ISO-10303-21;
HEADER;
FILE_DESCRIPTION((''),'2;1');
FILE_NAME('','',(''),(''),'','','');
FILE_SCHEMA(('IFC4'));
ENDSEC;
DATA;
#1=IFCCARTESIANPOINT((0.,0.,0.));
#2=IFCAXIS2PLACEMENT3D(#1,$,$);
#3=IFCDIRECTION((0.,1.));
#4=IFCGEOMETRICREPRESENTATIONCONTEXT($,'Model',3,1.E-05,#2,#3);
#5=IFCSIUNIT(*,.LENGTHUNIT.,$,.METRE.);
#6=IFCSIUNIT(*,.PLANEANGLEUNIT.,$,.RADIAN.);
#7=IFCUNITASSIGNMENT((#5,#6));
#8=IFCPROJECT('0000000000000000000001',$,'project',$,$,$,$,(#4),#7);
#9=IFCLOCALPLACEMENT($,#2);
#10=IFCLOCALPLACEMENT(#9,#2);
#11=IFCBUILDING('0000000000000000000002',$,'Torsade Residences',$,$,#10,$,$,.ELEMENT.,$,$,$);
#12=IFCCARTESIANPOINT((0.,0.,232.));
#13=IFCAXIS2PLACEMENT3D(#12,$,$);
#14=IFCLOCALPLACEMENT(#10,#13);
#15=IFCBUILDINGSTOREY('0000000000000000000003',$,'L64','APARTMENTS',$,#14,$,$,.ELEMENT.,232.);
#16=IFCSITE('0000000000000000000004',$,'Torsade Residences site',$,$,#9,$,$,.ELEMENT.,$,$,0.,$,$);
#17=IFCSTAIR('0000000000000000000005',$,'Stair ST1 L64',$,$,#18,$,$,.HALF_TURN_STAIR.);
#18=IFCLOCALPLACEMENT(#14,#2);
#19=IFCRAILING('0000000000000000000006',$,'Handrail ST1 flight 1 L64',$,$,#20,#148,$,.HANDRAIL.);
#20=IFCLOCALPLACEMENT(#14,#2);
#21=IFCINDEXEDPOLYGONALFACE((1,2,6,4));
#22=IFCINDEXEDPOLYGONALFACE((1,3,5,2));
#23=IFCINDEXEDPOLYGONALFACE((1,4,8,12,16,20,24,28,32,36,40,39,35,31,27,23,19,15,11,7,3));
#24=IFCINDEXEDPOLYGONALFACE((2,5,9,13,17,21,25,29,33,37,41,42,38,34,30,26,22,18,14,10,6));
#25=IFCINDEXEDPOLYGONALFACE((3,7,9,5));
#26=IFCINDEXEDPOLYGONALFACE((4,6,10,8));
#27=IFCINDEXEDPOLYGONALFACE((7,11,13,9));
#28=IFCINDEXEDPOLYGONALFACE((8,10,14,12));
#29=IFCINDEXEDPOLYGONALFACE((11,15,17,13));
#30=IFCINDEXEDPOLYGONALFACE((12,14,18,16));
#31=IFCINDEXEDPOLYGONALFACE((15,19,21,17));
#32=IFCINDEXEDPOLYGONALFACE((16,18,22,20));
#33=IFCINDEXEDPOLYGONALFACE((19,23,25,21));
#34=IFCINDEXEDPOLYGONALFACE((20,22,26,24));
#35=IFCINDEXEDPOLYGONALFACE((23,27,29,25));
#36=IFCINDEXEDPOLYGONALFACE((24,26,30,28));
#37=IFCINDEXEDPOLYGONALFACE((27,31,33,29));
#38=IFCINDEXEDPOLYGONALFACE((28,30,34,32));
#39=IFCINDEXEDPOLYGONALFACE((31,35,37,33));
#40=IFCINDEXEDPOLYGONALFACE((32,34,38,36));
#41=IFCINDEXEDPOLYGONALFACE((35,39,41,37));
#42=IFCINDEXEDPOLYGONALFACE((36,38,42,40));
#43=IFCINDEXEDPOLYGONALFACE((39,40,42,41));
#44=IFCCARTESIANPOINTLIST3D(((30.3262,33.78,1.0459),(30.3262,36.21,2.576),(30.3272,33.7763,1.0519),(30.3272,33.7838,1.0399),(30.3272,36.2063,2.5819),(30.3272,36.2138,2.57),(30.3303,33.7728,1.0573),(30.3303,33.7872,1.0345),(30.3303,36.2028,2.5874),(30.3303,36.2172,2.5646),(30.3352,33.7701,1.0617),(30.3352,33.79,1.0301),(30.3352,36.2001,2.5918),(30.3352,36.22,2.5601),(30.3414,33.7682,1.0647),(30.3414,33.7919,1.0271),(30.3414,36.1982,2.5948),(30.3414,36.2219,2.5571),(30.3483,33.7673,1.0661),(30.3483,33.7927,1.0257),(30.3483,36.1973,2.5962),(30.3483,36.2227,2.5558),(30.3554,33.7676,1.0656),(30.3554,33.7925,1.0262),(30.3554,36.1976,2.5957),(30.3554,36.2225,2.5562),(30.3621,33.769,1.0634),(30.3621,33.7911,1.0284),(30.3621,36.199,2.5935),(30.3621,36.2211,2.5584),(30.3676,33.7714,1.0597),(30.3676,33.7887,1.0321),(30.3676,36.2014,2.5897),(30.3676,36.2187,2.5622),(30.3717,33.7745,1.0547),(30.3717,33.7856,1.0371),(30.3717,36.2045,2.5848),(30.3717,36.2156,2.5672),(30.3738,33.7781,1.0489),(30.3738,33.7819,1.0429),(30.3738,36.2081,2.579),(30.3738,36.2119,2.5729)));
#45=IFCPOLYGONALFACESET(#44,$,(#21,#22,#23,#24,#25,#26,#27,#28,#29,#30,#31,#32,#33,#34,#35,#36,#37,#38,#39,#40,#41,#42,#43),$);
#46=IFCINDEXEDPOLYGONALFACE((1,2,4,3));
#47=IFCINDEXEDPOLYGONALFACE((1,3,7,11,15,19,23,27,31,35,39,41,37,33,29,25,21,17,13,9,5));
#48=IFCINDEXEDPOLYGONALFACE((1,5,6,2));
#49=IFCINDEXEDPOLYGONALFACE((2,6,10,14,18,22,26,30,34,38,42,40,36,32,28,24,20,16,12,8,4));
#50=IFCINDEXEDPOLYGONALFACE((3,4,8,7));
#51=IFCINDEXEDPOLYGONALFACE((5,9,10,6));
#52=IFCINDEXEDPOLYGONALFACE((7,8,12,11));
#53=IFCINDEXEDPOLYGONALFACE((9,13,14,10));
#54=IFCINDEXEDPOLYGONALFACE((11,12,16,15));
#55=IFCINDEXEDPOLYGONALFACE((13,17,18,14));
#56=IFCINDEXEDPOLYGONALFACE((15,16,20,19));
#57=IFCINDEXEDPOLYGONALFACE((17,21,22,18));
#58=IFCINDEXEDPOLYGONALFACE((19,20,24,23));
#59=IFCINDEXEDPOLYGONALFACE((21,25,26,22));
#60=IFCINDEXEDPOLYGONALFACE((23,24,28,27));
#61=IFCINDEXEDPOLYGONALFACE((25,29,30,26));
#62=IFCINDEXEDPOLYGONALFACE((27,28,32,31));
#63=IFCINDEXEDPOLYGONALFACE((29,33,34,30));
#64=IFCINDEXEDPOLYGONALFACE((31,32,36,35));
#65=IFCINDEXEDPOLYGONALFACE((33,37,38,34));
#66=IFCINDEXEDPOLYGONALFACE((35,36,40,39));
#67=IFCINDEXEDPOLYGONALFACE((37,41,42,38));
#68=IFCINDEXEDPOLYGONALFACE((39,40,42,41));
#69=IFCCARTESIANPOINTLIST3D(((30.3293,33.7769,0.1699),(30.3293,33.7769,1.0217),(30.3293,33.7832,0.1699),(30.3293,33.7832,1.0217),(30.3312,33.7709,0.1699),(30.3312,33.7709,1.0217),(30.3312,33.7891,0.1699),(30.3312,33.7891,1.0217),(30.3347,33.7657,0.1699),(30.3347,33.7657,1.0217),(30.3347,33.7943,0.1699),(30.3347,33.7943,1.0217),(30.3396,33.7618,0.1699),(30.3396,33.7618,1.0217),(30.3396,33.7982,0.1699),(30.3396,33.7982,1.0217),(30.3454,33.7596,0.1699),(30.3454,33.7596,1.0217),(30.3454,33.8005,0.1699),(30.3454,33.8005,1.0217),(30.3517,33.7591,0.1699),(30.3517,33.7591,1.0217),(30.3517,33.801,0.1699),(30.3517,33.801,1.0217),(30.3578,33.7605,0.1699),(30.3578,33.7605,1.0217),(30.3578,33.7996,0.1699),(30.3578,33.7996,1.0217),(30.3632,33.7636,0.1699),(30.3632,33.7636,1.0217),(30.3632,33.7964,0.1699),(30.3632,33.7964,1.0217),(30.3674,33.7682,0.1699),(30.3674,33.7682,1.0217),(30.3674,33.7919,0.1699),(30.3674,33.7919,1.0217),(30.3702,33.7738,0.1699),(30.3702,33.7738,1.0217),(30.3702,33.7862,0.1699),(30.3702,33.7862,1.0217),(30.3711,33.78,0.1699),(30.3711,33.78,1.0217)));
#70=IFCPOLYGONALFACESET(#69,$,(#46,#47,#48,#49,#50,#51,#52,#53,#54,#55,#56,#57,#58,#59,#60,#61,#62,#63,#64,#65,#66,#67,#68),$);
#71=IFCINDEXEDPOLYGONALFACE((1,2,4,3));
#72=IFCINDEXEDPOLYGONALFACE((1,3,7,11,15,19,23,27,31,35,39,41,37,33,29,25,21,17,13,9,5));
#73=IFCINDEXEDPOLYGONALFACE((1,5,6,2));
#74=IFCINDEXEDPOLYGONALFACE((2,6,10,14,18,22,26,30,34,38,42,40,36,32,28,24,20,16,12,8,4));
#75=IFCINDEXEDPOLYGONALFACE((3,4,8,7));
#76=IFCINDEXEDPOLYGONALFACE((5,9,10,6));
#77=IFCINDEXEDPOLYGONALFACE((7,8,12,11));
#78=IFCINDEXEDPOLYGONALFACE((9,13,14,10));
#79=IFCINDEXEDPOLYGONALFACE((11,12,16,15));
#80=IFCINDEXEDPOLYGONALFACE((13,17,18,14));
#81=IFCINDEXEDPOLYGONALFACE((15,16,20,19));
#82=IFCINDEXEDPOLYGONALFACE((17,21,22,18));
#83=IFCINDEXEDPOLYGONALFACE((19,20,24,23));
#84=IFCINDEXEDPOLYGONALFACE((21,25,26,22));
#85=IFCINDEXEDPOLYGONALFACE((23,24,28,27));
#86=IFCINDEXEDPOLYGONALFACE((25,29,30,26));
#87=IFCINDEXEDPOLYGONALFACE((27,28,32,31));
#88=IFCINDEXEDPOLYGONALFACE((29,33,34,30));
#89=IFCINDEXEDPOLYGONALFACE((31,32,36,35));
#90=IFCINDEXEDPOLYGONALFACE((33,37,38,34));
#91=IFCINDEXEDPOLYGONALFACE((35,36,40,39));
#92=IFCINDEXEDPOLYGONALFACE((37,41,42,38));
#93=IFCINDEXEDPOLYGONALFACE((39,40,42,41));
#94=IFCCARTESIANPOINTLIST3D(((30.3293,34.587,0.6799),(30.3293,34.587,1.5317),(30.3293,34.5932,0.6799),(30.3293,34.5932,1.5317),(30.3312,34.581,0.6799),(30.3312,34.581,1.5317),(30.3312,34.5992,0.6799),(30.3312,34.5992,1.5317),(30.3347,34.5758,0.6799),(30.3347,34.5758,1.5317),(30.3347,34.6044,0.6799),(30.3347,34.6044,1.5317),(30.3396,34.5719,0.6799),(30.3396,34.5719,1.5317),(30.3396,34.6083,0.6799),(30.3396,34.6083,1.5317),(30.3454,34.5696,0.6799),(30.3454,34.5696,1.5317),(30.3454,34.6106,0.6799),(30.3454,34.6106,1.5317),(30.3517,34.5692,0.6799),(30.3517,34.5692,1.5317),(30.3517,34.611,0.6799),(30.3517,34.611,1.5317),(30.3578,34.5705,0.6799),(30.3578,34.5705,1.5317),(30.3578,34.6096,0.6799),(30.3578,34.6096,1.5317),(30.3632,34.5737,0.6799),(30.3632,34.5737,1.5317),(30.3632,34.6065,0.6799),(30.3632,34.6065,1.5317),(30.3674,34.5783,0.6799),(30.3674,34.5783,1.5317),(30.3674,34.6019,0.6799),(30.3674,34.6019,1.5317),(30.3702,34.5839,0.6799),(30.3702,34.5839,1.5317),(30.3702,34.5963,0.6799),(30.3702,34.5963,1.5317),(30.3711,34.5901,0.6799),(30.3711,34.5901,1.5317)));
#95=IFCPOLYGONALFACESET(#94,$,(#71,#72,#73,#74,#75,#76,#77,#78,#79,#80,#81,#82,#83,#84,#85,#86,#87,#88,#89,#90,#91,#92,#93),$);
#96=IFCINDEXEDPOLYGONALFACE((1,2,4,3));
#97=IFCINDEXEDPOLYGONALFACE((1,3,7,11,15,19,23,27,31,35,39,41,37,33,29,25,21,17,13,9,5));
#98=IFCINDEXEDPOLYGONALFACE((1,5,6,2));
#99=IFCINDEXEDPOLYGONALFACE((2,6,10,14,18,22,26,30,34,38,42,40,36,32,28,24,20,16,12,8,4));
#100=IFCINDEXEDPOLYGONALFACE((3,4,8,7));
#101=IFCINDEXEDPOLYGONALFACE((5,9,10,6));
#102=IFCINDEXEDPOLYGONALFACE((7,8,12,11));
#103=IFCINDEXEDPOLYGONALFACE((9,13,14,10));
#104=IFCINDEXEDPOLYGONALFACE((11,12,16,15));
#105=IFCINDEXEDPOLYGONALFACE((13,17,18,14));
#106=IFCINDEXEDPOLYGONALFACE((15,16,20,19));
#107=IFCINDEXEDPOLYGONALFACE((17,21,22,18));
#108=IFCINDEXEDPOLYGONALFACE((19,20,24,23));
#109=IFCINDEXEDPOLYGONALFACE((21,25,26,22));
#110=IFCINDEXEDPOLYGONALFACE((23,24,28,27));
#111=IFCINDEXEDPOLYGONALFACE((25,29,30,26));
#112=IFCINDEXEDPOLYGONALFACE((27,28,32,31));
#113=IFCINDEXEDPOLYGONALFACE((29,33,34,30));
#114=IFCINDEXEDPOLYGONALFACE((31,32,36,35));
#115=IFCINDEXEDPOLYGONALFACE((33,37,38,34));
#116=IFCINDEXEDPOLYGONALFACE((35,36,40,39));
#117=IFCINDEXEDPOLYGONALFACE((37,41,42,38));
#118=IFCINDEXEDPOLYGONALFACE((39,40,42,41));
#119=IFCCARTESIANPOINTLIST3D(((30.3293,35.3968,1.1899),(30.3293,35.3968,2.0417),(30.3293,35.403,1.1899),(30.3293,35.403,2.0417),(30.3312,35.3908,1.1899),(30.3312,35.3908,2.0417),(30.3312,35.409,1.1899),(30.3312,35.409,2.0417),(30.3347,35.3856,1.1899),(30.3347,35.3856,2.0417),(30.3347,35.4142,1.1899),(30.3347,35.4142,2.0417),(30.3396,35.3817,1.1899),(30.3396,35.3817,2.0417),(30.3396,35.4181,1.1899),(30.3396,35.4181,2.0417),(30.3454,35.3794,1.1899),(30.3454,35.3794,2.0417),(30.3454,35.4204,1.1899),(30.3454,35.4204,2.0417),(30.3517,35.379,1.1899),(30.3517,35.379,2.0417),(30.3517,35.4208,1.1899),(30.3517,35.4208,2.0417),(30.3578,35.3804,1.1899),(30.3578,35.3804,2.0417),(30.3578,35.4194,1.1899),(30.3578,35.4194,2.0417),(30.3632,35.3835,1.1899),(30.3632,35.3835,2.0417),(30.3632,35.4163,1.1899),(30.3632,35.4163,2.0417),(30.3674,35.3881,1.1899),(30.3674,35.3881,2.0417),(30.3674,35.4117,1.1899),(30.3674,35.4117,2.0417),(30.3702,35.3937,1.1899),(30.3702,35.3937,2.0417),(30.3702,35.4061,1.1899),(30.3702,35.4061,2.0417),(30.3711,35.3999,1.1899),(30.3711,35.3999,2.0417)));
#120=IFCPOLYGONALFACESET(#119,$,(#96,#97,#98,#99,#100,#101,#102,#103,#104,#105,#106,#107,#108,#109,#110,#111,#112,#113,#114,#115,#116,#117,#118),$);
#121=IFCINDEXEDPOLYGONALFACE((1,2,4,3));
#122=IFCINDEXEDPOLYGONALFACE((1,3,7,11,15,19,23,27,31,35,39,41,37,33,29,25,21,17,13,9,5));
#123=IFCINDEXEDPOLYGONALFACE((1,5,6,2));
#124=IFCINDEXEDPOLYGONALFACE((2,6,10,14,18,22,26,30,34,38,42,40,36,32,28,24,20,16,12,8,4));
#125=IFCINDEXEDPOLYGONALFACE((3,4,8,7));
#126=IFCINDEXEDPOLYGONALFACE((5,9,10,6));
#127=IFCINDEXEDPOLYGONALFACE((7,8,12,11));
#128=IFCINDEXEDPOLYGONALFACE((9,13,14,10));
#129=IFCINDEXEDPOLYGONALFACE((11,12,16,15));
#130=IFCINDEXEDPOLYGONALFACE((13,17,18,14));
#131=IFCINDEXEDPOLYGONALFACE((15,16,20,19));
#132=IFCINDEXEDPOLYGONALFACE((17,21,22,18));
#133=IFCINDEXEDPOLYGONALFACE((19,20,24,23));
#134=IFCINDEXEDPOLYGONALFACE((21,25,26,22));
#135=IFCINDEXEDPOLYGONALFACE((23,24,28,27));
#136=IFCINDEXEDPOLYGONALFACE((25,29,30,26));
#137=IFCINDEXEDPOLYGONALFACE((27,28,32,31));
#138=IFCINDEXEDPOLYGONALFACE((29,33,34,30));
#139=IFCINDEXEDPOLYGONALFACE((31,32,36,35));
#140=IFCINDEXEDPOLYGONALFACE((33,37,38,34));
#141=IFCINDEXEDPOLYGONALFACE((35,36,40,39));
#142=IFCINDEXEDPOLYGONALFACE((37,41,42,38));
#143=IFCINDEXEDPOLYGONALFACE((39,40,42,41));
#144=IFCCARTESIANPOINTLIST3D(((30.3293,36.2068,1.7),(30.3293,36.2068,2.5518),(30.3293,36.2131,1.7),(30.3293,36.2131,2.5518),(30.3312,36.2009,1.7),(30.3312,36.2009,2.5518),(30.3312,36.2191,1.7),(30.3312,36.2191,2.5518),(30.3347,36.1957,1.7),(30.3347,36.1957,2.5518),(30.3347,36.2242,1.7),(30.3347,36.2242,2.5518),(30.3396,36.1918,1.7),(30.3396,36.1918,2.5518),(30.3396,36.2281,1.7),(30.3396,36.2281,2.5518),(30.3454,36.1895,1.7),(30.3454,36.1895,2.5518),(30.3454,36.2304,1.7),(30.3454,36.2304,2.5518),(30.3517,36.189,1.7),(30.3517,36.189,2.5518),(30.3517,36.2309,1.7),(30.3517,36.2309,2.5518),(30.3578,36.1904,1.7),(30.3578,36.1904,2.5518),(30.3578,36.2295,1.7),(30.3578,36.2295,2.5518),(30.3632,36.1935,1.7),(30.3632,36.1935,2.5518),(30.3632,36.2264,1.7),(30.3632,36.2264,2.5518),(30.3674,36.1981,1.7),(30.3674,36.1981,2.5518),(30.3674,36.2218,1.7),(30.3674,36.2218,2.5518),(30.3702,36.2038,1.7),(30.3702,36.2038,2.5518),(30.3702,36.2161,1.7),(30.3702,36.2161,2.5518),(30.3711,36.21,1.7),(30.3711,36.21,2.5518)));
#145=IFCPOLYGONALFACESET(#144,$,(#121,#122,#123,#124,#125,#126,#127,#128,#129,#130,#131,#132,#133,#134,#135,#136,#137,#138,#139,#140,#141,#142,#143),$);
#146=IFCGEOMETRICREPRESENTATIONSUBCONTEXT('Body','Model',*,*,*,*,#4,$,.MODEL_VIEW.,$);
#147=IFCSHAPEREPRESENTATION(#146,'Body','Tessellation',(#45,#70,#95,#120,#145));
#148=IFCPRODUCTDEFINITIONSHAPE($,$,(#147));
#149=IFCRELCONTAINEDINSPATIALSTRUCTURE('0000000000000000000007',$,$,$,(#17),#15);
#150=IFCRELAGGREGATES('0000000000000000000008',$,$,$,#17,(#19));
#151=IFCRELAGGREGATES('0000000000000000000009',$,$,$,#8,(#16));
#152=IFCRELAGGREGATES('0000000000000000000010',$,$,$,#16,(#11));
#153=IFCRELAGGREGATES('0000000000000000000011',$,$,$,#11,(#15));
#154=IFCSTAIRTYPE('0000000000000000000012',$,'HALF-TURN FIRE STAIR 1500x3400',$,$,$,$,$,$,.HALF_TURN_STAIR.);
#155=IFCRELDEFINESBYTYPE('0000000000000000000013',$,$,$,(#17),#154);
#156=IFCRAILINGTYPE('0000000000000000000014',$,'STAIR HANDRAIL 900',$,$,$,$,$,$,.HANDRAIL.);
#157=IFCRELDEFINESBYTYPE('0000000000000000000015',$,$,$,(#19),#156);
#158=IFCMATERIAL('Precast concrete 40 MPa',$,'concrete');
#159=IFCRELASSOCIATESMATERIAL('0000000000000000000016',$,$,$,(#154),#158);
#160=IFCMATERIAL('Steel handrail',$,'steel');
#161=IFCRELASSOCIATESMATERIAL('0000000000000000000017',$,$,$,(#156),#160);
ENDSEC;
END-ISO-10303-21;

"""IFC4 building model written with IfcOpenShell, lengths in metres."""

from ifc_helpers import new_model, si_unit, direction, frame, origin, origin_2d, place, context, subcontext, project, spatial, circle, extrude, material, type_object, element, aggregate, save


model = new_model("IFC4")

# Units and contexts
model_context = context("Model", 3, precision=1e-05, world=origin(), true_north=direction((0.0, 1.0)))
body_context = subcontext(model_context, "Body", "Model", "MODEL_VIEW")
ifc_project = project(units=[si_unit("LENGTHUNIT", "METRE"), si_unit("PLANEANGLEUNIT", "RADIAN")], contexts=[model_context])

# Site, building, storey
site_placement = place(None, origin())
site = spatial("IfcSite", under=ifc_project, at=site_placement, Name="Torsade Residences site", CompositionType="ELEMENT", RefElevation=0.0)
building_placement = place(site_placement, origin())
building = spatial("IfcBuilding", under=site, at=building_placement, Name="Torsade Residences", CompositionType="ELEMENT")
storey_placement = place(building_placement, frame((0.0, 0.0, 232.0)))
storey = spatial("IfcBuildingStorey", under=building, at=storey_placement, Name="L64", Description="APARTMENTS", CompositionType="ELEMENT", Elevation=232.0)

# Stair, railing
ifc_material_1 = material(Name="Precast concrete 40 MPa", Category="concrete")
stair_type = type_object("IfcStairType", Name="HALF-TURN FIRE STAIR 1500x3400", PredefinedType="HALF_TURN_STAIR", material=ifc_material_1)
stair_placement = place(storey_placement, origin())
stair = element("IfcStair", 1, at=stair_placement, inside=storey, type_object=stair_type, Name="Stair ST1 L64", PredefinedType="HALF_TURN_STAIR")
ifc_material_2 = material(Name="Steel handrail", Category="steel")
railing_type = type_object("IfcRailingType", Name="STAIR HANDRAIL 900", PredefinedType="HANDRAIL", material=ifc_material_2)
railing_1_placement = place(storey_placement, frame((30.3501, 33.78, 0.1699)))
railing_1 = element("IfcRailing", 2, at=railing_1_placement, type_object=railing_type, Name="Handrail ST1 flight 1 L64", PredefinedType="HANDRAIL", context=body_context, shape_type="SweptSolid", body=[
    extrude(circle(Radius=0.0239, at=origin_2d()), frame((0.0, 0.0, 0.876), z_axis=(0.0, 0.846221, 0.532831), x_axis=(-1.0, 0.0, 0.0)), (0.0, 0.0, 1.0), 2.8716),
    extrude(circle(Radius=0.021, at=origin_2d()), origin(), (0.0, 0.0, 1.0), 0.8518),
    extrude(circle(Radius=0.021, at=origin_2d()), frame((0.0, 0.8101, 0.51)), (0.0, 0.0, 1.0), 0.8518),
    extrude(circle(Radius=0.021, at=origin_2d()), frame((0.0, 1.6199, 1.02)), (0.0, 0.0, 1.0), 0.8518),
    extrude(circle(Radius=0.021, at=origin_2d()), frame((0.0, 2.4299, 1.53)), (0.0, 0.0, 1.0), 0.8518),
])
aggregate(stair, [railing_1])

save(model, "model.ifc")
